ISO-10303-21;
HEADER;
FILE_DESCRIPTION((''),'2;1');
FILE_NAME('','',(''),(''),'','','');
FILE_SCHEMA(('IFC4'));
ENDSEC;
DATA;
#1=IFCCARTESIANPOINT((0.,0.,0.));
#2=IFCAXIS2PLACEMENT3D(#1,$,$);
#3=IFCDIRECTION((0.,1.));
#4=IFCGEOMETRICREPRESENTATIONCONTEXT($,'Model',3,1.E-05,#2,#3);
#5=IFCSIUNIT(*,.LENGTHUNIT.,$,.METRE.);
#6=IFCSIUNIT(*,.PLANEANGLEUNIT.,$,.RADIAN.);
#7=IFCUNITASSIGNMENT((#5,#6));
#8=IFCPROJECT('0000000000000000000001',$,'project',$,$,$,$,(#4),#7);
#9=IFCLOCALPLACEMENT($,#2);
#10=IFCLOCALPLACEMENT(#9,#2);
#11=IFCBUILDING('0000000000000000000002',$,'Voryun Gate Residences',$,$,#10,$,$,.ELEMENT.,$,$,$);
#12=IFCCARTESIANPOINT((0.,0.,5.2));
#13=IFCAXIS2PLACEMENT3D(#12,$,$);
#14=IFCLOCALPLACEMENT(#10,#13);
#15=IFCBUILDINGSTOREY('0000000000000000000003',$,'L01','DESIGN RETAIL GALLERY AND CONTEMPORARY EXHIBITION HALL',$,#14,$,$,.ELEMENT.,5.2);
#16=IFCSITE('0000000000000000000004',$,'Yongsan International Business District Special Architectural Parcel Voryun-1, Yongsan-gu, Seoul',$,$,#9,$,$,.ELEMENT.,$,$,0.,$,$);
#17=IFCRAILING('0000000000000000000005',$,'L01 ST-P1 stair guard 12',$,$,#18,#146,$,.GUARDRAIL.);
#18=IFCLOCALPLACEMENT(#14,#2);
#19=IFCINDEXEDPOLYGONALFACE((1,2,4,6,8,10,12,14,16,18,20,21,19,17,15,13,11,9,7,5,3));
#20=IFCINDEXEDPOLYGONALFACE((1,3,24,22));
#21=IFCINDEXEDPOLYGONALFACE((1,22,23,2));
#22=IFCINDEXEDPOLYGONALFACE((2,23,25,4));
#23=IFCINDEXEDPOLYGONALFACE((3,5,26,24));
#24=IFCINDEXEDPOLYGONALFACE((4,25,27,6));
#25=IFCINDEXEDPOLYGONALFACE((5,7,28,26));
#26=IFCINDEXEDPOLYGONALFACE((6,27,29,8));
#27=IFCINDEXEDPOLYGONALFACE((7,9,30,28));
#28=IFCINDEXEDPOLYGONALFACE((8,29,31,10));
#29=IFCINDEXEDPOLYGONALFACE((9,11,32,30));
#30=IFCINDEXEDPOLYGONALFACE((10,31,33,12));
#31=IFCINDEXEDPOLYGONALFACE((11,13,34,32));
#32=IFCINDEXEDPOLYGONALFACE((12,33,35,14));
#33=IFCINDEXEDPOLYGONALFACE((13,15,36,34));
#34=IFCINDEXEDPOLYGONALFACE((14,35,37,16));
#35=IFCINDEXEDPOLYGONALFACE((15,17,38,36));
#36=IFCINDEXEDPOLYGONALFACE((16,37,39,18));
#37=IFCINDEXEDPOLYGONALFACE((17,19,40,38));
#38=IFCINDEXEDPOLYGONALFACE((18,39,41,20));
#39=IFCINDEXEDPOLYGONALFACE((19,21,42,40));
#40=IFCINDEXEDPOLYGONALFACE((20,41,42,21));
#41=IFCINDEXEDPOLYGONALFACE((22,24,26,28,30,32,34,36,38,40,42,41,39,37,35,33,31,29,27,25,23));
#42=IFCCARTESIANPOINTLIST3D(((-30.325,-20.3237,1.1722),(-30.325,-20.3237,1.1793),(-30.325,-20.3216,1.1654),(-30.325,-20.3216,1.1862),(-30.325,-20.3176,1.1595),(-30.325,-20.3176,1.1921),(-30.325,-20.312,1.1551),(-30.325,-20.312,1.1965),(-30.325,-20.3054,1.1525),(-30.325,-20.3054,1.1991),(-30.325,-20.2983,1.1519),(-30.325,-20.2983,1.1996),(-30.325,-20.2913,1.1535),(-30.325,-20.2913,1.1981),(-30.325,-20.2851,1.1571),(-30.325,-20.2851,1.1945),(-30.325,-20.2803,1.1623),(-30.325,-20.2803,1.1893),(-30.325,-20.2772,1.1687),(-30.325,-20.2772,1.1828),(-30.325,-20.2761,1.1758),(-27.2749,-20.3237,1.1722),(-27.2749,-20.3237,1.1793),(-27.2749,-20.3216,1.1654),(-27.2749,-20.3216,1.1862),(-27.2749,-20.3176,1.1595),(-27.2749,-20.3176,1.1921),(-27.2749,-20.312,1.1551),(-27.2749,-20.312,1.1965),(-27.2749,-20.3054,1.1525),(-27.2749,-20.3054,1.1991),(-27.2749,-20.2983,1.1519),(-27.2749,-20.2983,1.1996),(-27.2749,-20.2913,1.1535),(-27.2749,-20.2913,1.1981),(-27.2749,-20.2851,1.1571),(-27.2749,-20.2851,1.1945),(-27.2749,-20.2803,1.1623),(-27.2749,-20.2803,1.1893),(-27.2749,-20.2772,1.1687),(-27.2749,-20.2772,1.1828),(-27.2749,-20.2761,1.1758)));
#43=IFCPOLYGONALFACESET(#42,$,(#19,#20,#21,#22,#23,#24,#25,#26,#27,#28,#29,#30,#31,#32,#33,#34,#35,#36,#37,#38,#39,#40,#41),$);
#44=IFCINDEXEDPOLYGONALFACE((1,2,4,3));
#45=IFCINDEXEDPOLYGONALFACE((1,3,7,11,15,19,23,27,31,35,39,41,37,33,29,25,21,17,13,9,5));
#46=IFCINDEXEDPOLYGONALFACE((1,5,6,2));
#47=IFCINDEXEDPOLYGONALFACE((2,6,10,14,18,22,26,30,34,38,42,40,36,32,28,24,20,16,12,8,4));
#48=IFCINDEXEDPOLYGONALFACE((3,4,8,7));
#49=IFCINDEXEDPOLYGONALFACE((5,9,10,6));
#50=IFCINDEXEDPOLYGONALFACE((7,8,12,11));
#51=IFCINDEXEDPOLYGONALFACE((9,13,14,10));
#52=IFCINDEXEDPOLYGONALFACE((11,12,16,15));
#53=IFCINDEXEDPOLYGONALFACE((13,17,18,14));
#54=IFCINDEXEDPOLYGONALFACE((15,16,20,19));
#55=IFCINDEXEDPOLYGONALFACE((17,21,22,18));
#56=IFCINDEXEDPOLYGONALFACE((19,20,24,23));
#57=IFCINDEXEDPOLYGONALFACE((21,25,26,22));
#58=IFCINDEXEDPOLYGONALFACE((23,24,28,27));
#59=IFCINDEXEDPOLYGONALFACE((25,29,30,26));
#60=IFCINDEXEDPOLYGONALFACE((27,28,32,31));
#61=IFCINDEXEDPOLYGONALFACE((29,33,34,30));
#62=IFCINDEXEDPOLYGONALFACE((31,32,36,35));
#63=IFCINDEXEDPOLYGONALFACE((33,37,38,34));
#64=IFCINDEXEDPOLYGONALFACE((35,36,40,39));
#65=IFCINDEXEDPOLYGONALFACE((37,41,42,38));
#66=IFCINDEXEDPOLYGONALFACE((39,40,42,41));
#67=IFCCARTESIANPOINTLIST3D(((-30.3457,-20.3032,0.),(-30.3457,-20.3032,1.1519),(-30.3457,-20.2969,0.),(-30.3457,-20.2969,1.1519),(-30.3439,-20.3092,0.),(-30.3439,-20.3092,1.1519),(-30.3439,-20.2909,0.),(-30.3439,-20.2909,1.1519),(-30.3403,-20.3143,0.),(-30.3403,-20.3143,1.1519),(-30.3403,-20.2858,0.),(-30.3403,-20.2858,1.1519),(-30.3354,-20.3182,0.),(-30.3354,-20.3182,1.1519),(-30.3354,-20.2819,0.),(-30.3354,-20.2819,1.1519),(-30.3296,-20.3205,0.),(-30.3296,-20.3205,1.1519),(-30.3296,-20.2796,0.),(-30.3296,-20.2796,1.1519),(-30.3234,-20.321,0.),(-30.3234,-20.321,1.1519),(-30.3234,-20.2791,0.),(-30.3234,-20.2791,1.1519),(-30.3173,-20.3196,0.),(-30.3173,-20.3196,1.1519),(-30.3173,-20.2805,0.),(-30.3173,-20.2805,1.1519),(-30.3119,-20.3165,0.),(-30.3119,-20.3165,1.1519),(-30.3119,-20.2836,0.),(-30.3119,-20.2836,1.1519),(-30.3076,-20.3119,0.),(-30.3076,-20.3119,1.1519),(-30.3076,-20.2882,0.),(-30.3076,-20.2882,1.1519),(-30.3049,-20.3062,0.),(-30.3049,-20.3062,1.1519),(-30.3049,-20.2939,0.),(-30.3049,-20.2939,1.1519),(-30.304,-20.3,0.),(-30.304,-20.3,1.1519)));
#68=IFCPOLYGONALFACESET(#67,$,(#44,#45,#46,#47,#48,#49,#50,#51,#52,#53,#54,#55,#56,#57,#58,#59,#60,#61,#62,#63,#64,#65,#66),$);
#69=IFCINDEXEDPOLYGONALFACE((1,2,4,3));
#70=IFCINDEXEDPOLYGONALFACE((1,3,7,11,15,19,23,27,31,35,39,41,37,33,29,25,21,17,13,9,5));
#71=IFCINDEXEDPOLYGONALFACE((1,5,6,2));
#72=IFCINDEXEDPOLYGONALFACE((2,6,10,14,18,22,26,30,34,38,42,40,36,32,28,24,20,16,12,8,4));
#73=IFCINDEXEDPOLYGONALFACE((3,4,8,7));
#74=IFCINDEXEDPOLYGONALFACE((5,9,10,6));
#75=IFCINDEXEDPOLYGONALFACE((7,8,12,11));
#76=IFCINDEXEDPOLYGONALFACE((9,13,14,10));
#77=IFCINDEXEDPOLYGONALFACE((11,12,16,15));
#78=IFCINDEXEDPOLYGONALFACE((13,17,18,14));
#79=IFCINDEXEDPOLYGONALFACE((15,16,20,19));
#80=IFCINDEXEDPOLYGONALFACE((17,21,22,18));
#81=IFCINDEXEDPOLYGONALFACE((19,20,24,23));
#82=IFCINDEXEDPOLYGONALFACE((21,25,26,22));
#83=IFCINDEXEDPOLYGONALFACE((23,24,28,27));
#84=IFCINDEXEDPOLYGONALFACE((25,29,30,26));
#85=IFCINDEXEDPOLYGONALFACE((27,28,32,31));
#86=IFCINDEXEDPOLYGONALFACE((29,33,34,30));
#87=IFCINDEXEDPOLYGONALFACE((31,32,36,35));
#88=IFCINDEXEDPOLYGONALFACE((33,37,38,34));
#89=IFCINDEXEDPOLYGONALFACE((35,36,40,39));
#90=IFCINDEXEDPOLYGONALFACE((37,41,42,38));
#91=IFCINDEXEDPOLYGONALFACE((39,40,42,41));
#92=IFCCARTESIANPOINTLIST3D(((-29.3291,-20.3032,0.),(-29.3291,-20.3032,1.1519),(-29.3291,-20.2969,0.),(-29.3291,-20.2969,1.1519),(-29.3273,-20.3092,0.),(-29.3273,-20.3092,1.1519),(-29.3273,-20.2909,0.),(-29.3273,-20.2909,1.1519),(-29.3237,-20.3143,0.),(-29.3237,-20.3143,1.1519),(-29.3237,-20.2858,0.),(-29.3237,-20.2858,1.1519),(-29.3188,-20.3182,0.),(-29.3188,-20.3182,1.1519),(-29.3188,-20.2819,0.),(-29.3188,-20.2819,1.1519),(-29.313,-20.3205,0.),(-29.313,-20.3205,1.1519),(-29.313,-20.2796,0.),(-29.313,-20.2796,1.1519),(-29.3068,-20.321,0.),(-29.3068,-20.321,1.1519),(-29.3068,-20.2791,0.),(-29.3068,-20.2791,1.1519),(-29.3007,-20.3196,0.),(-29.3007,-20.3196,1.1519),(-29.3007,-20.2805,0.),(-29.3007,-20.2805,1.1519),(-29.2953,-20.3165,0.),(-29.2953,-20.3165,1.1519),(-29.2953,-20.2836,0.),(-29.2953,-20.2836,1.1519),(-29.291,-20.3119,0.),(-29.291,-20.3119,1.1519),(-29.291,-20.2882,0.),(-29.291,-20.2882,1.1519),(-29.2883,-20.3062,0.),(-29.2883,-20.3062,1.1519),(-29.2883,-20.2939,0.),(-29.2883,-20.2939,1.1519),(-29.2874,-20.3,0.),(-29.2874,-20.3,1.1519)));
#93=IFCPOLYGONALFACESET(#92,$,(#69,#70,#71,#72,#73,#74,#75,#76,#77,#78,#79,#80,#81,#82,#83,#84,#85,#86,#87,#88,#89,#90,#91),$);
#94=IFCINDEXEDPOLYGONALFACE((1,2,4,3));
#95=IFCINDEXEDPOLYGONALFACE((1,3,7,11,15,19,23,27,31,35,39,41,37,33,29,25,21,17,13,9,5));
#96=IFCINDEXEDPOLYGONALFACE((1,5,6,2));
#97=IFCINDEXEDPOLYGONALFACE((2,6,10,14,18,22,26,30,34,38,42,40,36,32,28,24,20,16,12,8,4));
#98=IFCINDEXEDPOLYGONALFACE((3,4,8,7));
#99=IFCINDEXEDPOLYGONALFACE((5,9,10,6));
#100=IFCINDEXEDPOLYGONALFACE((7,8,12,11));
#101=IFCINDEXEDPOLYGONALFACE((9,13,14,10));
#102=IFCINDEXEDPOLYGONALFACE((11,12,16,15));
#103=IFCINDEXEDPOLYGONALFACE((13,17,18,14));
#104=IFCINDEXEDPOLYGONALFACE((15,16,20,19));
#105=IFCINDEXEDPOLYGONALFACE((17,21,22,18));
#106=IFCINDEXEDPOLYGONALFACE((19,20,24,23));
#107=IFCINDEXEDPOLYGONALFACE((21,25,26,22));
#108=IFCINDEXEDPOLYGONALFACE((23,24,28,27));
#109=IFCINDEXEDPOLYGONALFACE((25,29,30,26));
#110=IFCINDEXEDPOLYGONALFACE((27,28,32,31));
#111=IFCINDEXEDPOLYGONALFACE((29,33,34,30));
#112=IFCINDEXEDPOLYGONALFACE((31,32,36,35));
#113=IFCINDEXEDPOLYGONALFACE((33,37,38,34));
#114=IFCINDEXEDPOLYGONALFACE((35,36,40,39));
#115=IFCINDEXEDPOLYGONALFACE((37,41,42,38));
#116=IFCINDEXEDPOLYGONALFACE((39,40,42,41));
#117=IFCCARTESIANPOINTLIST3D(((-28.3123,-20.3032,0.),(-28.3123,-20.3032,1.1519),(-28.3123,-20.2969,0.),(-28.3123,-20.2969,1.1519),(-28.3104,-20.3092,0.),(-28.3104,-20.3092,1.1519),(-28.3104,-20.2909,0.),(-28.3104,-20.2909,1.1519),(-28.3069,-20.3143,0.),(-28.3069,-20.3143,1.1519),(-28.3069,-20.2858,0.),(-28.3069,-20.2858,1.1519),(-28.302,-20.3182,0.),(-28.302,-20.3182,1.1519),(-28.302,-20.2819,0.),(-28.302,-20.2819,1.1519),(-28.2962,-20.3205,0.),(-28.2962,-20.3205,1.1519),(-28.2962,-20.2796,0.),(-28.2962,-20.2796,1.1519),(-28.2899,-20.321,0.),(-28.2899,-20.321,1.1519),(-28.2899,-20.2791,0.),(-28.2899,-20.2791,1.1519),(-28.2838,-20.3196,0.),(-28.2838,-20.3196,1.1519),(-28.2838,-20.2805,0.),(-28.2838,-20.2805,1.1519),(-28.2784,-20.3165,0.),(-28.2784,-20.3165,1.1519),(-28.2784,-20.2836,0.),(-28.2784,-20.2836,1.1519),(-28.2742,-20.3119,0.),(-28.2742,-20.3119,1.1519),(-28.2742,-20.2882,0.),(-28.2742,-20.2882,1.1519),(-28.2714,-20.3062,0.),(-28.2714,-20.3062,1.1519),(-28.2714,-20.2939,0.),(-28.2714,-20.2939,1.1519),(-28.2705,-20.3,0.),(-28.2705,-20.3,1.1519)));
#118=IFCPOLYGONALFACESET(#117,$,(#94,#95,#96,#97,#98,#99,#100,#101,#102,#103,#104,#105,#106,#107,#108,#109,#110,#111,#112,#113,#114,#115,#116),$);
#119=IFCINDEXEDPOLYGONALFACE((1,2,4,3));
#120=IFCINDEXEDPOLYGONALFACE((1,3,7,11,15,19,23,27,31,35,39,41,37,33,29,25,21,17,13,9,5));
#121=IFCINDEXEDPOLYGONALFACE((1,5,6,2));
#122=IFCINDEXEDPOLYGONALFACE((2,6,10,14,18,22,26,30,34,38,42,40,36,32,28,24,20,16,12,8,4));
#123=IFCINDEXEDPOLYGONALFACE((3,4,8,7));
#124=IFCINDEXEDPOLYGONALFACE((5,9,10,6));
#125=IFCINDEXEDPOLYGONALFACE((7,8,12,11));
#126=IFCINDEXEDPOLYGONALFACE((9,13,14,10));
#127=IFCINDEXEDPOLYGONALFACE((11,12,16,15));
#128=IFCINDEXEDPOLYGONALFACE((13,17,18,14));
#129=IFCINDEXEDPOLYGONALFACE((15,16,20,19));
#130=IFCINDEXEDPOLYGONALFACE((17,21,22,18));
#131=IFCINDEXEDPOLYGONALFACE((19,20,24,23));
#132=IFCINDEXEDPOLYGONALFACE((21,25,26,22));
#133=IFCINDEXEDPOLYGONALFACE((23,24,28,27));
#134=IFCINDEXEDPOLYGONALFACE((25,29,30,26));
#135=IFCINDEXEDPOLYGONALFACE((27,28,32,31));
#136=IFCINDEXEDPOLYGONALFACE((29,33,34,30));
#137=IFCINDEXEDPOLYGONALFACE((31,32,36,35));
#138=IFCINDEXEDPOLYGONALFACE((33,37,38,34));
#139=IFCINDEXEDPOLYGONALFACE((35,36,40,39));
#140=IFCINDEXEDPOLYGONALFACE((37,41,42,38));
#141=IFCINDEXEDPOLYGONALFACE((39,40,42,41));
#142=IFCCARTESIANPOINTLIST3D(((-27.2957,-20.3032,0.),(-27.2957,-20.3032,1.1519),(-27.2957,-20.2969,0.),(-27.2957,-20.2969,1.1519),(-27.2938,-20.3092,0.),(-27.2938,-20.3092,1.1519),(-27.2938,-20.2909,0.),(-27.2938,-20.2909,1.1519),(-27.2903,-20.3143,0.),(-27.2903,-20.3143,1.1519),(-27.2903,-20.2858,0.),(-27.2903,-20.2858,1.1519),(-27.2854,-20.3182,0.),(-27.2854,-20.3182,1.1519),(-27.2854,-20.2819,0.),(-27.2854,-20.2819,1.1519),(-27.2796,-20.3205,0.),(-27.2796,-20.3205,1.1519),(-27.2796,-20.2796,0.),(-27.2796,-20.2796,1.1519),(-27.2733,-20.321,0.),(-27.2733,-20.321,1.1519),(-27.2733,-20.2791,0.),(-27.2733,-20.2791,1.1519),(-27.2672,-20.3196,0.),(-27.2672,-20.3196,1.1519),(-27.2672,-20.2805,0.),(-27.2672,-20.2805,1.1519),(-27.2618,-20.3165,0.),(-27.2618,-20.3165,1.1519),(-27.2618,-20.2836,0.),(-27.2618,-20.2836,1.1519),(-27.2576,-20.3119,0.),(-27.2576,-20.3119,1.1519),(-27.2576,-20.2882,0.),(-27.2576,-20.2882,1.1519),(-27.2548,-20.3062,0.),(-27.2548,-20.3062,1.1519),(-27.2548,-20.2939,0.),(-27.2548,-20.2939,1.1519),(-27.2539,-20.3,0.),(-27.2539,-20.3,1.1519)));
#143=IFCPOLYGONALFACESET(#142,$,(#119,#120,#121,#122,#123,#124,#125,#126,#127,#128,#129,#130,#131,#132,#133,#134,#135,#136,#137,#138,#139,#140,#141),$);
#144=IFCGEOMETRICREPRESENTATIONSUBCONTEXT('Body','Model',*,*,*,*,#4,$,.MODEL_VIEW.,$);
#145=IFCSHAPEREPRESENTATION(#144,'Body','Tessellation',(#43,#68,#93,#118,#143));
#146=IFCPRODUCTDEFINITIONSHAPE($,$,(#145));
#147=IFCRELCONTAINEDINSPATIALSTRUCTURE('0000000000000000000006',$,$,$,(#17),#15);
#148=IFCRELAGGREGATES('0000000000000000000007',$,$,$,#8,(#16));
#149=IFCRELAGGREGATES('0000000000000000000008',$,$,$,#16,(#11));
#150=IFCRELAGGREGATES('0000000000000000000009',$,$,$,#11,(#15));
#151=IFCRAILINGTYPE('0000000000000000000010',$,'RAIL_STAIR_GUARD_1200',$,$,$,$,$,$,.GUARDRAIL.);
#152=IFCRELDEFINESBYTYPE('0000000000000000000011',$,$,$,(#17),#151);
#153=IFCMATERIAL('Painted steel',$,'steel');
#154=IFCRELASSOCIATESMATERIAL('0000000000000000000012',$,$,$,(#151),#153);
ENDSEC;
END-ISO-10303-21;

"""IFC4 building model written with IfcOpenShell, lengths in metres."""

from ifc_helpers import new_model, si_unit, direction, frame, origin, origin_2d, place, context, subcontext, project, spatial, circle, extrude, material, type_object, element, save


model = new_model("IFC4")

# Units and contexts
model_context = context("Model", 3, precision=1e-05, world=origin(), true_north=direction((0.0, 1.0)))
body_context = subcontext(model_context, "Body", "Model", "MODEL_VIEW")
ifc_project = project(units=[si_unit("LENGTHUNIT", "METRE"), si_unit("PLANEANGLEUNIT", "RADIAN")], contexts=[model_context])

# Site, building, storey
site_placement = place(None, origin())
site = spatial("IfcSite", under=ifc_project, at=site_placement, Name="Yongsan International Business District Special Architectural Parcel Voryun-1, Yongsan-gu, Seoul", CompositionType="ELEMENT", RefElevation=0.0)
building_placement = place(site_placement, origin())
building = spatial("IfcBuilding", under=site, at=building_placement, Name="Voryun Gate Residences", CompositionType="ELEMENT")
storey_placement = place(building_placement, frame((0.0, 0.0, 5.2)))
storey = spatial("IfcBuildingStorey", under=building, at=storey_placement, Name="L01", Description="DESIGN RETAIL GALLERY AND CONTEMPORARY EXHIBITION HALL", CompositionType="ELEMENT", Elevation=5.2)

# Railing
ifc_material_1 = material(Name="Painted steel", Category="steel")
railing_type_1 = type_object("IfcRailingType", Name="RAIL_STAIR_GUARD_1200", PredefinedType="GUARDRAIL", material=ifc_material_1)
railing_1_placement = place(storey_placement, frame((-30.325, -20.3, 0.0)))
element("IfcRailing", 1, at=railing_1_placement, inside=storey, type_object=railing_type_1, Name="L01 ST-P1 stair guard 12", PredefinedType="GUARDRAIL", context=body_context, shape_type="SweptSolid", body=[
    extrude(circle(Radius=0.0239, at=origin_2d()), frame((0.0, 0.0, 1.1758), z_axis=(1.0, 0.0, 0.0), x_axis=(0.0, 1.0, 0.0)), (0.0, 0.0, 1.0), 3.05),
    extrude(circle(Radius=0.021, at=origin_2d()), origin(), (0.0, 0.0, 1.0), 1.1519),
    extrude(circle(Radius=0.021, at=origin_2d()), frame((1.0166, 0.0, 0.0)), (0.0, 0.0, 1.0), 1.1519),
    extrude(circle(Radius=0.021, at=origin_2d()), frame((2.0334, 0.0, 0.0)), (0.0, 0.0, 1.0), 1.1519),
    extrude(circle(Radius=0.021, at=origin_2d()), frame((3.05, 0.0, 0.0)), (0.0, 0.0, 1.0), 1.1519),
])

save(model, "model.ifc")
